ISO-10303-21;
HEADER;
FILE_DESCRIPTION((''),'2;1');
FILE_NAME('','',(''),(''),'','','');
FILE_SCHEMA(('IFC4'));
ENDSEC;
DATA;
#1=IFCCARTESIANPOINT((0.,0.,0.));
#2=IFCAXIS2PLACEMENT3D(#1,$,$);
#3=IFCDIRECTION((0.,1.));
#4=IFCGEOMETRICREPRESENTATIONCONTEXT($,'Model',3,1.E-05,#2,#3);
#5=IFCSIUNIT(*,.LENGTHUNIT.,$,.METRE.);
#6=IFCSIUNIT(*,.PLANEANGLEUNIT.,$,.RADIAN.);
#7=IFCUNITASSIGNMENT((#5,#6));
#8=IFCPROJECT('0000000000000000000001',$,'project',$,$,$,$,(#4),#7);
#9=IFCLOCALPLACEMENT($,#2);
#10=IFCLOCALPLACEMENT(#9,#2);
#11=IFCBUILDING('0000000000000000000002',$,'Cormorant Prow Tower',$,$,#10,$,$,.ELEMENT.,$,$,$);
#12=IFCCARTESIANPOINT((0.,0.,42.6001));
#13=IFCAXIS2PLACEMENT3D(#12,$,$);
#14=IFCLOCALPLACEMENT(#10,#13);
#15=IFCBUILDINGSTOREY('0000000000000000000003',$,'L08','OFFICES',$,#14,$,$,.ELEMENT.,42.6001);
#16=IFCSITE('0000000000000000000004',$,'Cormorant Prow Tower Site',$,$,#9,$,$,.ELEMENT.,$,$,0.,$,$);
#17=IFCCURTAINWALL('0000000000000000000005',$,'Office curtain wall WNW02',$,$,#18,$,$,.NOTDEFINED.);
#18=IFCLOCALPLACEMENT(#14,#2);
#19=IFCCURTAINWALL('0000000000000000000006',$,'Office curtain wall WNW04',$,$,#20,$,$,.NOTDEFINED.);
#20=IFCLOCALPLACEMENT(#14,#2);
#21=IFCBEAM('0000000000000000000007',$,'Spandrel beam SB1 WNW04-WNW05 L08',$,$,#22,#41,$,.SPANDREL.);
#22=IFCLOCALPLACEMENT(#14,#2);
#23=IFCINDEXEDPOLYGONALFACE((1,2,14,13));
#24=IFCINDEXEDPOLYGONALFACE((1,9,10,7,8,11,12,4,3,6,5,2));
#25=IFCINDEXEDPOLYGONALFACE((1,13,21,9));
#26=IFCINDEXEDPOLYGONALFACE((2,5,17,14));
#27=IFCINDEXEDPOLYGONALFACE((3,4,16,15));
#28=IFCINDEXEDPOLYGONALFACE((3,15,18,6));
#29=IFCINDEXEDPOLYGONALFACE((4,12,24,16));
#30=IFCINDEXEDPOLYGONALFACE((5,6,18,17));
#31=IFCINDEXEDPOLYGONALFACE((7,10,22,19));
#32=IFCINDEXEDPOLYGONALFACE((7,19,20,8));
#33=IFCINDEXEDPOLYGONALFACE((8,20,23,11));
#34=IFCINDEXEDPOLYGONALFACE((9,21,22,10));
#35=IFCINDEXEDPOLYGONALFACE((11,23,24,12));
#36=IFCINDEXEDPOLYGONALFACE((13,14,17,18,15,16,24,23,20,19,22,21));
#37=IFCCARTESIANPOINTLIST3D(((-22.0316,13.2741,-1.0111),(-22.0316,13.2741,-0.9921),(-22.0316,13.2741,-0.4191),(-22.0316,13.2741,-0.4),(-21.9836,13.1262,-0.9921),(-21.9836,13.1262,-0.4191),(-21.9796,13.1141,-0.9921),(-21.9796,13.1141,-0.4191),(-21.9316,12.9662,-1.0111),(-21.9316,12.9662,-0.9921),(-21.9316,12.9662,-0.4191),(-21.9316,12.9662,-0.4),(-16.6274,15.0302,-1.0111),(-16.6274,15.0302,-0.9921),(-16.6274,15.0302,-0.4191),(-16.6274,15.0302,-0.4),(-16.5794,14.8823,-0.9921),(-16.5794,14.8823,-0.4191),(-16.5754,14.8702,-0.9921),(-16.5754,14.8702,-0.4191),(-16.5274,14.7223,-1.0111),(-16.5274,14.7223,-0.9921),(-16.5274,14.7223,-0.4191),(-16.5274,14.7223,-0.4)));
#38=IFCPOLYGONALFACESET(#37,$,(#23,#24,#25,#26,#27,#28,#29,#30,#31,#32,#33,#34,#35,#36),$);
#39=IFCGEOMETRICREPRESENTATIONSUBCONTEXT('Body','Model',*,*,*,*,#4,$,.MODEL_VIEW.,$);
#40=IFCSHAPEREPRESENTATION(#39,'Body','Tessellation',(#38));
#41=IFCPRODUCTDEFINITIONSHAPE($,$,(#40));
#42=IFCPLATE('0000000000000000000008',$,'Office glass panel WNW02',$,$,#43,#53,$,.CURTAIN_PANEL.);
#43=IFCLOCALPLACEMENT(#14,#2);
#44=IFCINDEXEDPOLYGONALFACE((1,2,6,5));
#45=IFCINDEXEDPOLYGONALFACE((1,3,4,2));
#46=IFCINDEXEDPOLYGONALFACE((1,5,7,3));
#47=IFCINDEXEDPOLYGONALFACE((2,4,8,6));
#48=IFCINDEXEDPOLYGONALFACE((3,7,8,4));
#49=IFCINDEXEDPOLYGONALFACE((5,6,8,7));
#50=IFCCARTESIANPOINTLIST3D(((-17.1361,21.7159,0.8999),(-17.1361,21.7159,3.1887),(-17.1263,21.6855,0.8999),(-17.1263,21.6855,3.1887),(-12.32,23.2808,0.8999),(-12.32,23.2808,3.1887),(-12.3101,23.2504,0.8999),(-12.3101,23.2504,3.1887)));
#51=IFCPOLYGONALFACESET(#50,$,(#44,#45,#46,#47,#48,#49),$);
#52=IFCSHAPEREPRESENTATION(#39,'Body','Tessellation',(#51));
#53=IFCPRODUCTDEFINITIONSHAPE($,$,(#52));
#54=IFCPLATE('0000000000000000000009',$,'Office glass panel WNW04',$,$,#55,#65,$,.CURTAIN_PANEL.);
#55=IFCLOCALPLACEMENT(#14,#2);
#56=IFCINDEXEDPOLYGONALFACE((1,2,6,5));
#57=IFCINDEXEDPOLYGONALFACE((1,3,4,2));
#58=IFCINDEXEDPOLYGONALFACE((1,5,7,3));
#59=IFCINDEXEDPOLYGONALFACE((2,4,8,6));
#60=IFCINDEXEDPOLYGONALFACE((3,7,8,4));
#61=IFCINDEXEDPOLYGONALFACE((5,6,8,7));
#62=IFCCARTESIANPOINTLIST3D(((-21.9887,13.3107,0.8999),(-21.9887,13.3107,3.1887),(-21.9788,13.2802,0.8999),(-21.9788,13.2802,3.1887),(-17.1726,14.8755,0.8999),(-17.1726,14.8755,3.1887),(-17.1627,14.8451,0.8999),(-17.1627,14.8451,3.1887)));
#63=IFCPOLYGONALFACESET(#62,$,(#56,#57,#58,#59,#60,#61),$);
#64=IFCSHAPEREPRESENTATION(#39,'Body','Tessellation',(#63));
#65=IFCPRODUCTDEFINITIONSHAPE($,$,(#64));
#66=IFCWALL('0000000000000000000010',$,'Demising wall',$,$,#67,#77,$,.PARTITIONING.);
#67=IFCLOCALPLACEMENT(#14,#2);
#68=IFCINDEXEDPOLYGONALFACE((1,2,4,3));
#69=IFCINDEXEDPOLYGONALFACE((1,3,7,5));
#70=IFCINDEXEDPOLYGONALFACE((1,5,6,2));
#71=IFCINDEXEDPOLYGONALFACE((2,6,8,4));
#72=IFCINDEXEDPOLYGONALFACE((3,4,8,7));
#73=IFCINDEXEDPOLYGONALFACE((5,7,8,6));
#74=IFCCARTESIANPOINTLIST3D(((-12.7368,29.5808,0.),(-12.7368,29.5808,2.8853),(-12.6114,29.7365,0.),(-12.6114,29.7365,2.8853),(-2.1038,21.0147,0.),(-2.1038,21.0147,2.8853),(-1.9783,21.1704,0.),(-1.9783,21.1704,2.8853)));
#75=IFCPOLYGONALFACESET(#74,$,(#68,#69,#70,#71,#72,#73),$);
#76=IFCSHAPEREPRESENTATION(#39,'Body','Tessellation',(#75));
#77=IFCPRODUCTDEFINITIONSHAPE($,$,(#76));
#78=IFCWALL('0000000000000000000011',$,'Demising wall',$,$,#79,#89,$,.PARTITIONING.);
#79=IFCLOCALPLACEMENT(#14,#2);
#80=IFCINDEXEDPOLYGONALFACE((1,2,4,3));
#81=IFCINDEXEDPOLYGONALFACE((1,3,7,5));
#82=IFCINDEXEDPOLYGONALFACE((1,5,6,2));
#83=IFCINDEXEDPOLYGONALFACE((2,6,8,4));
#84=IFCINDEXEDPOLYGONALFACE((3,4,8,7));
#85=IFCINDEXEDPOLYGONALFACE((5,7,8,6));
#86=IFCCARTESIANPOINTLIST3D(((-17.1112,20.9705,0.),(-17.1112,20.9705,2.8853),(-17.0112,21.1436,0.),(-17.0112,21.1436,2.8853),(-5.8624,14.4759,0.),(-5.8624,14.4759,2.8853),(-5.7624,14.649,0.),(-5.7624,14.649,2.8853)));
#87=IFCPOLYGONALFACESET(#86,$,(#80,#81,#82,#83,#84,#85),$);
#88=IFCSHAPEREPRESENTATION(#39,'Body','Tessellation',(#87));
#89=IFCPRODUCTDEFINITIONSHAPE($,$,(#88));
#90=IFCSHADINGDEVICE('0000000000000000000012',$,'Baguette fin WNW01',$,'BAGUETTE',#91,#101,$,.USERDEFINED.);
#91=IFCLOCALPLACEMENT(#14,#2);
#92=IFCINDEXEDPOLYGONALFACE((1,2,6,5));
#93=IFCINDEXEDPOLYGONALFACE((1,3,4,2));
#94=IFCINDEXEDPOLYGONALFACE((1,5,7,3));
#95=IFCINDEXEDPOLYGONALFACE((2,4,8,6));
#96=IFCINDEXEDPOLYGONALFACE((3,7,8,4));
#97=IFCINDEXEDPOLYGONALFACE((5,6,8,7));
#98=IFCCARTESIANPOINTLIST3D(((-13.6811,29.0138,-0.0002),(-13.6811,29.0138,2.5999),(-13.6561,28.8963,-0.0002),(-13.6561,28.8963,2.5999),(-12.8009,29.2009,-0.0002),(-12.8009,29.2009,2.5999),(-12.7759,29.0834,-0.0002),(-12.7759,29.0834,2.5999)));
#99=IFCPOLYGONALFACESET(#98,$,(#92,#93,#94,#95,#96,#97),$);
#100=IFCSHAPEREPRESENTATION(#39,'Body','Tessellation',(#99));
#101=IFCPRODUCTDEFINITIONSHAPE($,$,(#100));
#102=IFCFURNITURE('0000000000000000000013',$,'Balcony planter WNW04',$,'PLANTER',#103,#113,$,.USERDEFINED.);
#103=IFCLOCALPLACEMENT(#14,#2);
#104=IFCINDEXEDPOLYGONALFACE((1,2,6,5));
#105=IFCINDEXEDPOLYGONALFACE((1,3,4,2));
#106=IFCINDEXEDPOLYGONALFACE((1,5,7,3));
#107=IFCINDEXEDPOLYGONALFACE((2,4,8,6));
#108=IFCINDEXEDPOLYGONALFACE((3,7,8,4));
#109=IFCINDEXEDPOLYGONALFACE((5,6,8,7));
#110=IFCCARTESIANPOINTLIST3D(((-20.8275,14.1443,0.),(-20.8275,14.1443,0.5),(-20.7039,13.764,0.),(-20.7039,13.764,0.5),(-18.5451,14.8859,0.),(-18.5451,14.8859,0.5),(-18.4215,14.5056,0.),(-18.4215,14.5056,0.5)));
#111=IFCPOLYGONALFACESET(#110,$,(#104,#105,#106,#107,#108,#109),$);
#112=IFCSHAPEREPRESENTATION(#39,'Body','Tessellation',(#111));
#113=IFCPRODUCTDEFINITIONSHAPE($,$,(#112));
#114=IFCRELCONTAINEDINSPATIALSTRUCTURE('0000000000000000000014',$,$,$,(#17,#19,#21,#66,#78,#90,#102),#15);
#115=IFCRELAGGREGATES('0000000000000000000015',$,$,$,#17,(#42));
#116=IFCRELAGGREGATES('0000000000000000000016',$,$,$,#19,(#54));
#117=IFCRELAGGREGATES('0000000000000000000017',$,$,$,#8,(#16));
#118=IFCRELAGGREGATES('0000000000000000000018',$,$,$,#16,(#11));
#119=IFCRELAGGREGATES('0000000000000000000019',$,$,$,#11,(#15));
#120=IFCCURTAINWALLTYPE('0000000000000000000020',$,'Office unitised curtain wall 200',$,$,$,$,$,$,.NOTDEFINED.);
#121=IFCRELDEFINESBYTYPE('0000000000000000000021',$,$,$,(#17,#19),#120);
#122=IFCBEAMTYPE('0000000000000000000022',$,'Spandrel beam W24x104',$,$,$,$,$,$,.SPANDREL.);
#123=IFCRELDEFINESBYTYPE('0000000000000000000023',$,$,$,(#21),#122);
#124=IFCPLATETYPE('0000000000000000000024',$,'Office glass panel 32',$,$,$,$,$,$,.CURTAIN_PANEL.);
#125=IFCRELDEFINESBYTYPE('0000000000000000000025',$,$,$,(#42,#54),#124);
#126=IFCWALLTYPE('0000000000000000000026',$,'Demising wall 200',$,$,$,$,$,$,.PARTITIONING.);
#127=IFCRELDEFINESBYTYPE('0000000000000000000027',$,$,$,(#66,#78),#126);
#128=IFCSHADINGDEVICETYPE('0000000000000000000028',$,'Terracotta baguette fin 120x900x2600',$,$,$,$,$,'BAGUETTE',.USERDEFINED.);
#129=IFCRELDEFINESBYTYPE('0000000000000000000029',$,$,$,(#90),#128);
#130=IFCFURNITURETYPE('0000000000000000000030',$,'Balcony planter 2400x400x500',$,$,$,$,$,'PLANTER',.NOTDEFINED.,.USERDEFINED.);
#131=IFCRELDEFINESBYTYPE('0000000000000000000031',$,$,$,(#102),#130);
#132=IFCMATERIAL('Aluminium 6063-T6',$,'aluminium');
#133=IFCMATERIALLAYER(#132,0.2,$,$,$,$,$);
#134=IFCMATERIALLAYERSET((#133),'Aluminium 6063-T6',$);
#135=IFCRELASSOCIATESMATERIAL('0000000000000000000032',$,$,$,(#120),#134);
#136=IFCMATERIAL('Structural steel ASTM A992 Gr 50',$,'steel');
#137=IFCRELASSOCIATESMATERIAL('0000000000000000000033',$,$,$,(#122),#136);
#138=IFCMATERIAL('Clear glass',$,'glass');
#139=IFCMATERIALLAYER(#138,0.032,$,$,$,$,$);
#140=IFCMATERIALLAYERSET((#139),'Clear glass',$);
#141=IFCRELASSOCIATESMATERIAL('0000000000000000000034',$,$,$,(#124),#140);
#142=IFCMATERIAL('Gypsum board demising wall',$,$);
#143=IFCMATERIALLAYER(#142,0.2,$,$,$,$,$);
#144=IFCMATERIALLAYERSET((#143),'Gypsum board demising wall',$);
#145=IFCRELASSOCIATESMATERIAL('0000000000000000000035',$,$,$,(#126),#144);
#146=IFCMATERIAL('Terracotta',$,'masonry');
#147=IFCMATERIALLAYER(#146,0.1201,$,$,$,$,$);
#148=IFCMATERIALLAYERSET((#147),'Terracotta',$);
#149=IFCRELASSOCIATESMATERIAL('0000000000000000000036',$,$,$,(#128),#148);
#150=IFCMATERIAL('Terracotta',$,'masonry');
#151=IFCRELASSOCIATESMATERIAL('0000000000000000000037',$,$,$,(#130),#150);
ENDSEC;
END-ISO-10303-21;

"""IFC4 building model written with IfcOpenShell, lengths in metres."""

from ifc_helpers import new_model, si_unit, direction, frame, frame_2d, origin, origin_2d, place, context, subcontext, project, spatial, rectangle, i_section, extrude, material, layer, layer_set, material_profile, profile_set, type_object, element, aggregate, save


model = new_model("IFC4")

# Units and contexts
model_context = context("Model", 3, precision=1e-05, world=origin(), true_north=direction((0.0, 1.0)))
body_context = subcontext(model_context, "Body", "Model", "MODEL_VIEW")
ifc_project = project(units=[si_unit("LENGTHUNIT", "METRE"), si_unit("PLANEANGLEUNIT", "RADIAN")], contexts=[model_context])

# Site, building, storey
site_placement = place(None, origin())
site = spatial("IfcSite", under=ifc_project, at=site_placement, Name="Cormorant Prow Tower Site", CompositionType="ELEMENT", RefElevation=0.0)
building_placement = place(site_placement, origin())
building = spatial("IfcBuilding", under=site, at=building_placement, Name="Cormorant Prow Tower", CompositionType="ELEMENT")
storey_placement = place(building_placement, frame((0.0, 0.0, 42.6001)))
storey = spatial("IfcBuildingStorey", under=building, at=storey_placement, Name="L08", Description="OFFICES", CompositionType="ELEMENT", Elevation=42.6001)

# Curtain walls
ifc_material_1 = material(Name="Aluminium 6063-T6", Category="aluminium")
ifc_layer_1 = layer(ifc_material_1, 0.2)
ifc_layer_set_1 = layer_set([ifc_layer_1], Name="Aluminium 6063-T6")
curtain_wall_type = type_object("IfcCurtainWallType", Name="Office unitised curtain wall 200", PredefinedType="NOTDEFINED", material=ifc_layer_set_1)
curtain_wall_1_placement = place(storey_placement, origin())
curtain_wall_1 = element("IfcCurtainWall", 1, at=curtain_wall_1_placement, inside=storey, type_object=curtain_wall_type, Name="Office curtain wall WNW02", PredefinedType="NOTDEFINED")
curtain_wall_2_placement = place(storey_placement, origin())
curtain_wall_2 = element("IfcCurtainWall", 2, at=curtain_wall_2_placement, inside=storey, type_object=curtain_wall_type, Name="Office curtain wall WNW04", PredefinedType="NOTDEFINED")

# Beam
ifc_material_2 = material(Name="Structural steel ASTM A992 Gr 50", Category="steel")
ifc_material_profile_1 = material_profile(ifc_material_2, i_section(OverallWidth=0.3237, OverallDepth=0.6111, WebThickness=0.0127, FlangeThickness=0.019, at=origin_2d()), Name="W24x104")
ifc_profile_set_1 = profile_set([ifc_material_profile_1], Name="Structural steel ASTM A992 Gr 50")
beam_type = type_object("IfcBeamType", Name="Spandrel beam W24x104", PredefinedType="SPANDREL", material=ifc_profile_set_1)
beam_1_placement = place(storey_placement, frame((-16.5774, 14.8762, -0.7056), z_axis=(-0.951049, -0.309039, 0.0), x_axis=(0.309039, -0.951049, 0.0)))
element("IfcBeam", 3, at=beam_1_placement, inside=storey, type_object=beam_type, Name="Spandrel beam SB1 WNW04-WNW05 L08", PredefinedType="SPANDREL", context=body_context, shape_type="SweptSolid", body=[
    extrude(i_section(OverallWidth=0.3237, OverallDepth=0.6111, WebThickness=0.0127, FlangeThickness=0.019, at=origin_2d()), origin(), (0.0, 0.0, 1.0), 5.6824),
])

# Plates
ifc_material_3 = material(Name="Clear glass", Category="glass")
ifc_layer_2 = layer(ifc_material_3, 0.032)
ifc_layer_set_2 = layer_set([ifc_layer_2], Name="Clear glass")
plate_type = type_object("IfcPlateType", Name="Office glass panel 32", PredefinedType="CURTAIN_PANEL", material=ifc_layer_set_2)
plate_1_placement = place(storey_placement, frame((-14.7231, 22.4832, 0.8999), z_axis=(0.0, 0.0, 1.0), x_axis=(-0.951057, -0.309017, 0.0)))
plate_1 = element("IfcPlate", 4, at=plate_1_placement, type_object=plate_type, Name="Office glass panel WNW02", PredefinedType="CURTAIN_PANEL", context=body_context, shape_type="SweptSolid", body=[
    extrude(rectangle(XDim=5.064, YDim=0.032, at=origin_2d()), origin(), (0.0, 0.0, 1.0), 2.2888),
])
aggregate(curtain_wall_1, [plate_1])
plate_2_placement = place(storey_placement, frame((-19.5757, 14.0779, 0.8999), z_axis=(0.0, 0.0, 1.0), x_axis=(-0.951057, -0.309017, 0.0)))
plate_2 = element("IfcPlate", 5, at=plate_2_placement, type_object=plate_type, Name="Office glass panel WNW04", PredefinedType="CURTAIN_PANEL", context=body_context, shape_type="SweptSolid", body=[
    extrude(rectangle(XDim=5.064, YDim=0.032, at=origin_2d()), origin(), (0.0, 0.0, 1.0), 2.2888),
])
aggregate(curtain_wall_2, [plate_2])

# Walls
ifc_material_4 = material(Name="Gypsum board demising wall")
ifc_layer_3 = layer(ifc_material_4, 0.2)
ifc_layer_set_3 = layer_set([ifc_layer_3], Name="Gypsum board demising wall")
wall_type_1 = type_object("IfcWallType", Name="Demising wall 200", PredefinedType="PARTITIONING", material=ifc_layer_set_3)
wall_1_placement = place(storey_placement, frame((-12.6741, 29.6587, 0.0), z_axis=(0.0, 0.0, 1.0), x_axis=(0.778731, -0.627358, 0.0)))
element("IfcWall", 6, at=wall_1_placement, inside=storey, type_object=wall_type_1, Name="Demising wall", PredefinedType="PARTITIONING", context=body_context, shape_type="SweptSolid", body=[
    extrude(rectangle(XDim=13.6543, YDim=0.2, at=frame_2d((6.8271, 0.0))), origin(), (0.0, 0.0, 1.0), 2.8853),
])
wall_2_placement = place(storey_placement, frame((-17.0613, 21.0571, 0.0), z_axis=(0.0, 0.0, 1.0), x_axis=(0.866021, -0.500008, 0.0)))
element("IfcWall", 7, at=wall_2_placement, inside=storey, type_object=wall_type_1, Name="Demising wall", PredefinedType="PARTITIONING", context=body_context, shape_type="SweptSolid", body=[
    extrude(rectangle(XDim=12.989, YDim=0.2, at=frame_2d((6.4946, 0.0))), origin(), (0.0, 0.0, 1.0), 2.8853),
])

# Shading device
ifc_material_5 = material(Name="Terracotta", Category="masonry")
ifc_layer_4 = layer(ifc_material_5, 0.1201)
ifc_layer_set_4 = layer_set([ifc_layer_4], Name="Terracotta")
shading_device_type = type_object("IfcShadingDeviceType", Name="Terracotta baguette fin 120x900x2600", ElementType="BAGUETTE", PredefinedType="USERDEFINED", material=ifc_layer_set_4)
shading_device_placement = place(storey_placement, frame((-13.2285, 29.0486, -0.0002), z_axis=(0.0, 0.0, 1.0), x_axis=(0.207912, -0.978148, 0.0)))
element("IfcShadingDevice", 8, at=shading_device_placement, inside=storey, type_object=shading_device_type, Name="Baguette fin WNW01", ObjectType="BAGUETTE", PredefinedType="USERDEFINED", context=body_context, shape_type="SweptSolid", body=[
    extrude(rectangle(XDim=0.1201, YDim=0.8999, at=origin_2d()), origin(), (0.0, 0.0, 1.0), 2.6001),
])

# Furniture
ifc_material_6 = material(Name="Terracotta", Category="masonry")
furniture_type = type_object("IfcFurnitureType", Name="Balcony planter 2400x400x500", ElementType="PLANTER", AssemblyPlace="NOTDEFINED", PredefinedType="USERDEFINED", material=ifc_material_6)
furniture_placement = place(storey_placement, frame((-19.6245, 14.325, 0.0), z_axis=(0.0, 0.0, 1.0), x_axis=(-0.951057, -0.309017, 0.0)))
element("IfcFurniture", 9, at=furniture_placement, inside=storey, type_object=furniture_type, Name="Balcony planter WNW04", ObjectType="PLANTER", PredefinedType="USERDEFINED", context=body_context, shape_type="SweptSolid", body=[
    extrude(rectangle(XDim=2.3999, YDim=0.3999, at=origin_2d()), origin(), (0.0, 0.0, 1.0), 0.5),
])

save(model, "model.ifc")
